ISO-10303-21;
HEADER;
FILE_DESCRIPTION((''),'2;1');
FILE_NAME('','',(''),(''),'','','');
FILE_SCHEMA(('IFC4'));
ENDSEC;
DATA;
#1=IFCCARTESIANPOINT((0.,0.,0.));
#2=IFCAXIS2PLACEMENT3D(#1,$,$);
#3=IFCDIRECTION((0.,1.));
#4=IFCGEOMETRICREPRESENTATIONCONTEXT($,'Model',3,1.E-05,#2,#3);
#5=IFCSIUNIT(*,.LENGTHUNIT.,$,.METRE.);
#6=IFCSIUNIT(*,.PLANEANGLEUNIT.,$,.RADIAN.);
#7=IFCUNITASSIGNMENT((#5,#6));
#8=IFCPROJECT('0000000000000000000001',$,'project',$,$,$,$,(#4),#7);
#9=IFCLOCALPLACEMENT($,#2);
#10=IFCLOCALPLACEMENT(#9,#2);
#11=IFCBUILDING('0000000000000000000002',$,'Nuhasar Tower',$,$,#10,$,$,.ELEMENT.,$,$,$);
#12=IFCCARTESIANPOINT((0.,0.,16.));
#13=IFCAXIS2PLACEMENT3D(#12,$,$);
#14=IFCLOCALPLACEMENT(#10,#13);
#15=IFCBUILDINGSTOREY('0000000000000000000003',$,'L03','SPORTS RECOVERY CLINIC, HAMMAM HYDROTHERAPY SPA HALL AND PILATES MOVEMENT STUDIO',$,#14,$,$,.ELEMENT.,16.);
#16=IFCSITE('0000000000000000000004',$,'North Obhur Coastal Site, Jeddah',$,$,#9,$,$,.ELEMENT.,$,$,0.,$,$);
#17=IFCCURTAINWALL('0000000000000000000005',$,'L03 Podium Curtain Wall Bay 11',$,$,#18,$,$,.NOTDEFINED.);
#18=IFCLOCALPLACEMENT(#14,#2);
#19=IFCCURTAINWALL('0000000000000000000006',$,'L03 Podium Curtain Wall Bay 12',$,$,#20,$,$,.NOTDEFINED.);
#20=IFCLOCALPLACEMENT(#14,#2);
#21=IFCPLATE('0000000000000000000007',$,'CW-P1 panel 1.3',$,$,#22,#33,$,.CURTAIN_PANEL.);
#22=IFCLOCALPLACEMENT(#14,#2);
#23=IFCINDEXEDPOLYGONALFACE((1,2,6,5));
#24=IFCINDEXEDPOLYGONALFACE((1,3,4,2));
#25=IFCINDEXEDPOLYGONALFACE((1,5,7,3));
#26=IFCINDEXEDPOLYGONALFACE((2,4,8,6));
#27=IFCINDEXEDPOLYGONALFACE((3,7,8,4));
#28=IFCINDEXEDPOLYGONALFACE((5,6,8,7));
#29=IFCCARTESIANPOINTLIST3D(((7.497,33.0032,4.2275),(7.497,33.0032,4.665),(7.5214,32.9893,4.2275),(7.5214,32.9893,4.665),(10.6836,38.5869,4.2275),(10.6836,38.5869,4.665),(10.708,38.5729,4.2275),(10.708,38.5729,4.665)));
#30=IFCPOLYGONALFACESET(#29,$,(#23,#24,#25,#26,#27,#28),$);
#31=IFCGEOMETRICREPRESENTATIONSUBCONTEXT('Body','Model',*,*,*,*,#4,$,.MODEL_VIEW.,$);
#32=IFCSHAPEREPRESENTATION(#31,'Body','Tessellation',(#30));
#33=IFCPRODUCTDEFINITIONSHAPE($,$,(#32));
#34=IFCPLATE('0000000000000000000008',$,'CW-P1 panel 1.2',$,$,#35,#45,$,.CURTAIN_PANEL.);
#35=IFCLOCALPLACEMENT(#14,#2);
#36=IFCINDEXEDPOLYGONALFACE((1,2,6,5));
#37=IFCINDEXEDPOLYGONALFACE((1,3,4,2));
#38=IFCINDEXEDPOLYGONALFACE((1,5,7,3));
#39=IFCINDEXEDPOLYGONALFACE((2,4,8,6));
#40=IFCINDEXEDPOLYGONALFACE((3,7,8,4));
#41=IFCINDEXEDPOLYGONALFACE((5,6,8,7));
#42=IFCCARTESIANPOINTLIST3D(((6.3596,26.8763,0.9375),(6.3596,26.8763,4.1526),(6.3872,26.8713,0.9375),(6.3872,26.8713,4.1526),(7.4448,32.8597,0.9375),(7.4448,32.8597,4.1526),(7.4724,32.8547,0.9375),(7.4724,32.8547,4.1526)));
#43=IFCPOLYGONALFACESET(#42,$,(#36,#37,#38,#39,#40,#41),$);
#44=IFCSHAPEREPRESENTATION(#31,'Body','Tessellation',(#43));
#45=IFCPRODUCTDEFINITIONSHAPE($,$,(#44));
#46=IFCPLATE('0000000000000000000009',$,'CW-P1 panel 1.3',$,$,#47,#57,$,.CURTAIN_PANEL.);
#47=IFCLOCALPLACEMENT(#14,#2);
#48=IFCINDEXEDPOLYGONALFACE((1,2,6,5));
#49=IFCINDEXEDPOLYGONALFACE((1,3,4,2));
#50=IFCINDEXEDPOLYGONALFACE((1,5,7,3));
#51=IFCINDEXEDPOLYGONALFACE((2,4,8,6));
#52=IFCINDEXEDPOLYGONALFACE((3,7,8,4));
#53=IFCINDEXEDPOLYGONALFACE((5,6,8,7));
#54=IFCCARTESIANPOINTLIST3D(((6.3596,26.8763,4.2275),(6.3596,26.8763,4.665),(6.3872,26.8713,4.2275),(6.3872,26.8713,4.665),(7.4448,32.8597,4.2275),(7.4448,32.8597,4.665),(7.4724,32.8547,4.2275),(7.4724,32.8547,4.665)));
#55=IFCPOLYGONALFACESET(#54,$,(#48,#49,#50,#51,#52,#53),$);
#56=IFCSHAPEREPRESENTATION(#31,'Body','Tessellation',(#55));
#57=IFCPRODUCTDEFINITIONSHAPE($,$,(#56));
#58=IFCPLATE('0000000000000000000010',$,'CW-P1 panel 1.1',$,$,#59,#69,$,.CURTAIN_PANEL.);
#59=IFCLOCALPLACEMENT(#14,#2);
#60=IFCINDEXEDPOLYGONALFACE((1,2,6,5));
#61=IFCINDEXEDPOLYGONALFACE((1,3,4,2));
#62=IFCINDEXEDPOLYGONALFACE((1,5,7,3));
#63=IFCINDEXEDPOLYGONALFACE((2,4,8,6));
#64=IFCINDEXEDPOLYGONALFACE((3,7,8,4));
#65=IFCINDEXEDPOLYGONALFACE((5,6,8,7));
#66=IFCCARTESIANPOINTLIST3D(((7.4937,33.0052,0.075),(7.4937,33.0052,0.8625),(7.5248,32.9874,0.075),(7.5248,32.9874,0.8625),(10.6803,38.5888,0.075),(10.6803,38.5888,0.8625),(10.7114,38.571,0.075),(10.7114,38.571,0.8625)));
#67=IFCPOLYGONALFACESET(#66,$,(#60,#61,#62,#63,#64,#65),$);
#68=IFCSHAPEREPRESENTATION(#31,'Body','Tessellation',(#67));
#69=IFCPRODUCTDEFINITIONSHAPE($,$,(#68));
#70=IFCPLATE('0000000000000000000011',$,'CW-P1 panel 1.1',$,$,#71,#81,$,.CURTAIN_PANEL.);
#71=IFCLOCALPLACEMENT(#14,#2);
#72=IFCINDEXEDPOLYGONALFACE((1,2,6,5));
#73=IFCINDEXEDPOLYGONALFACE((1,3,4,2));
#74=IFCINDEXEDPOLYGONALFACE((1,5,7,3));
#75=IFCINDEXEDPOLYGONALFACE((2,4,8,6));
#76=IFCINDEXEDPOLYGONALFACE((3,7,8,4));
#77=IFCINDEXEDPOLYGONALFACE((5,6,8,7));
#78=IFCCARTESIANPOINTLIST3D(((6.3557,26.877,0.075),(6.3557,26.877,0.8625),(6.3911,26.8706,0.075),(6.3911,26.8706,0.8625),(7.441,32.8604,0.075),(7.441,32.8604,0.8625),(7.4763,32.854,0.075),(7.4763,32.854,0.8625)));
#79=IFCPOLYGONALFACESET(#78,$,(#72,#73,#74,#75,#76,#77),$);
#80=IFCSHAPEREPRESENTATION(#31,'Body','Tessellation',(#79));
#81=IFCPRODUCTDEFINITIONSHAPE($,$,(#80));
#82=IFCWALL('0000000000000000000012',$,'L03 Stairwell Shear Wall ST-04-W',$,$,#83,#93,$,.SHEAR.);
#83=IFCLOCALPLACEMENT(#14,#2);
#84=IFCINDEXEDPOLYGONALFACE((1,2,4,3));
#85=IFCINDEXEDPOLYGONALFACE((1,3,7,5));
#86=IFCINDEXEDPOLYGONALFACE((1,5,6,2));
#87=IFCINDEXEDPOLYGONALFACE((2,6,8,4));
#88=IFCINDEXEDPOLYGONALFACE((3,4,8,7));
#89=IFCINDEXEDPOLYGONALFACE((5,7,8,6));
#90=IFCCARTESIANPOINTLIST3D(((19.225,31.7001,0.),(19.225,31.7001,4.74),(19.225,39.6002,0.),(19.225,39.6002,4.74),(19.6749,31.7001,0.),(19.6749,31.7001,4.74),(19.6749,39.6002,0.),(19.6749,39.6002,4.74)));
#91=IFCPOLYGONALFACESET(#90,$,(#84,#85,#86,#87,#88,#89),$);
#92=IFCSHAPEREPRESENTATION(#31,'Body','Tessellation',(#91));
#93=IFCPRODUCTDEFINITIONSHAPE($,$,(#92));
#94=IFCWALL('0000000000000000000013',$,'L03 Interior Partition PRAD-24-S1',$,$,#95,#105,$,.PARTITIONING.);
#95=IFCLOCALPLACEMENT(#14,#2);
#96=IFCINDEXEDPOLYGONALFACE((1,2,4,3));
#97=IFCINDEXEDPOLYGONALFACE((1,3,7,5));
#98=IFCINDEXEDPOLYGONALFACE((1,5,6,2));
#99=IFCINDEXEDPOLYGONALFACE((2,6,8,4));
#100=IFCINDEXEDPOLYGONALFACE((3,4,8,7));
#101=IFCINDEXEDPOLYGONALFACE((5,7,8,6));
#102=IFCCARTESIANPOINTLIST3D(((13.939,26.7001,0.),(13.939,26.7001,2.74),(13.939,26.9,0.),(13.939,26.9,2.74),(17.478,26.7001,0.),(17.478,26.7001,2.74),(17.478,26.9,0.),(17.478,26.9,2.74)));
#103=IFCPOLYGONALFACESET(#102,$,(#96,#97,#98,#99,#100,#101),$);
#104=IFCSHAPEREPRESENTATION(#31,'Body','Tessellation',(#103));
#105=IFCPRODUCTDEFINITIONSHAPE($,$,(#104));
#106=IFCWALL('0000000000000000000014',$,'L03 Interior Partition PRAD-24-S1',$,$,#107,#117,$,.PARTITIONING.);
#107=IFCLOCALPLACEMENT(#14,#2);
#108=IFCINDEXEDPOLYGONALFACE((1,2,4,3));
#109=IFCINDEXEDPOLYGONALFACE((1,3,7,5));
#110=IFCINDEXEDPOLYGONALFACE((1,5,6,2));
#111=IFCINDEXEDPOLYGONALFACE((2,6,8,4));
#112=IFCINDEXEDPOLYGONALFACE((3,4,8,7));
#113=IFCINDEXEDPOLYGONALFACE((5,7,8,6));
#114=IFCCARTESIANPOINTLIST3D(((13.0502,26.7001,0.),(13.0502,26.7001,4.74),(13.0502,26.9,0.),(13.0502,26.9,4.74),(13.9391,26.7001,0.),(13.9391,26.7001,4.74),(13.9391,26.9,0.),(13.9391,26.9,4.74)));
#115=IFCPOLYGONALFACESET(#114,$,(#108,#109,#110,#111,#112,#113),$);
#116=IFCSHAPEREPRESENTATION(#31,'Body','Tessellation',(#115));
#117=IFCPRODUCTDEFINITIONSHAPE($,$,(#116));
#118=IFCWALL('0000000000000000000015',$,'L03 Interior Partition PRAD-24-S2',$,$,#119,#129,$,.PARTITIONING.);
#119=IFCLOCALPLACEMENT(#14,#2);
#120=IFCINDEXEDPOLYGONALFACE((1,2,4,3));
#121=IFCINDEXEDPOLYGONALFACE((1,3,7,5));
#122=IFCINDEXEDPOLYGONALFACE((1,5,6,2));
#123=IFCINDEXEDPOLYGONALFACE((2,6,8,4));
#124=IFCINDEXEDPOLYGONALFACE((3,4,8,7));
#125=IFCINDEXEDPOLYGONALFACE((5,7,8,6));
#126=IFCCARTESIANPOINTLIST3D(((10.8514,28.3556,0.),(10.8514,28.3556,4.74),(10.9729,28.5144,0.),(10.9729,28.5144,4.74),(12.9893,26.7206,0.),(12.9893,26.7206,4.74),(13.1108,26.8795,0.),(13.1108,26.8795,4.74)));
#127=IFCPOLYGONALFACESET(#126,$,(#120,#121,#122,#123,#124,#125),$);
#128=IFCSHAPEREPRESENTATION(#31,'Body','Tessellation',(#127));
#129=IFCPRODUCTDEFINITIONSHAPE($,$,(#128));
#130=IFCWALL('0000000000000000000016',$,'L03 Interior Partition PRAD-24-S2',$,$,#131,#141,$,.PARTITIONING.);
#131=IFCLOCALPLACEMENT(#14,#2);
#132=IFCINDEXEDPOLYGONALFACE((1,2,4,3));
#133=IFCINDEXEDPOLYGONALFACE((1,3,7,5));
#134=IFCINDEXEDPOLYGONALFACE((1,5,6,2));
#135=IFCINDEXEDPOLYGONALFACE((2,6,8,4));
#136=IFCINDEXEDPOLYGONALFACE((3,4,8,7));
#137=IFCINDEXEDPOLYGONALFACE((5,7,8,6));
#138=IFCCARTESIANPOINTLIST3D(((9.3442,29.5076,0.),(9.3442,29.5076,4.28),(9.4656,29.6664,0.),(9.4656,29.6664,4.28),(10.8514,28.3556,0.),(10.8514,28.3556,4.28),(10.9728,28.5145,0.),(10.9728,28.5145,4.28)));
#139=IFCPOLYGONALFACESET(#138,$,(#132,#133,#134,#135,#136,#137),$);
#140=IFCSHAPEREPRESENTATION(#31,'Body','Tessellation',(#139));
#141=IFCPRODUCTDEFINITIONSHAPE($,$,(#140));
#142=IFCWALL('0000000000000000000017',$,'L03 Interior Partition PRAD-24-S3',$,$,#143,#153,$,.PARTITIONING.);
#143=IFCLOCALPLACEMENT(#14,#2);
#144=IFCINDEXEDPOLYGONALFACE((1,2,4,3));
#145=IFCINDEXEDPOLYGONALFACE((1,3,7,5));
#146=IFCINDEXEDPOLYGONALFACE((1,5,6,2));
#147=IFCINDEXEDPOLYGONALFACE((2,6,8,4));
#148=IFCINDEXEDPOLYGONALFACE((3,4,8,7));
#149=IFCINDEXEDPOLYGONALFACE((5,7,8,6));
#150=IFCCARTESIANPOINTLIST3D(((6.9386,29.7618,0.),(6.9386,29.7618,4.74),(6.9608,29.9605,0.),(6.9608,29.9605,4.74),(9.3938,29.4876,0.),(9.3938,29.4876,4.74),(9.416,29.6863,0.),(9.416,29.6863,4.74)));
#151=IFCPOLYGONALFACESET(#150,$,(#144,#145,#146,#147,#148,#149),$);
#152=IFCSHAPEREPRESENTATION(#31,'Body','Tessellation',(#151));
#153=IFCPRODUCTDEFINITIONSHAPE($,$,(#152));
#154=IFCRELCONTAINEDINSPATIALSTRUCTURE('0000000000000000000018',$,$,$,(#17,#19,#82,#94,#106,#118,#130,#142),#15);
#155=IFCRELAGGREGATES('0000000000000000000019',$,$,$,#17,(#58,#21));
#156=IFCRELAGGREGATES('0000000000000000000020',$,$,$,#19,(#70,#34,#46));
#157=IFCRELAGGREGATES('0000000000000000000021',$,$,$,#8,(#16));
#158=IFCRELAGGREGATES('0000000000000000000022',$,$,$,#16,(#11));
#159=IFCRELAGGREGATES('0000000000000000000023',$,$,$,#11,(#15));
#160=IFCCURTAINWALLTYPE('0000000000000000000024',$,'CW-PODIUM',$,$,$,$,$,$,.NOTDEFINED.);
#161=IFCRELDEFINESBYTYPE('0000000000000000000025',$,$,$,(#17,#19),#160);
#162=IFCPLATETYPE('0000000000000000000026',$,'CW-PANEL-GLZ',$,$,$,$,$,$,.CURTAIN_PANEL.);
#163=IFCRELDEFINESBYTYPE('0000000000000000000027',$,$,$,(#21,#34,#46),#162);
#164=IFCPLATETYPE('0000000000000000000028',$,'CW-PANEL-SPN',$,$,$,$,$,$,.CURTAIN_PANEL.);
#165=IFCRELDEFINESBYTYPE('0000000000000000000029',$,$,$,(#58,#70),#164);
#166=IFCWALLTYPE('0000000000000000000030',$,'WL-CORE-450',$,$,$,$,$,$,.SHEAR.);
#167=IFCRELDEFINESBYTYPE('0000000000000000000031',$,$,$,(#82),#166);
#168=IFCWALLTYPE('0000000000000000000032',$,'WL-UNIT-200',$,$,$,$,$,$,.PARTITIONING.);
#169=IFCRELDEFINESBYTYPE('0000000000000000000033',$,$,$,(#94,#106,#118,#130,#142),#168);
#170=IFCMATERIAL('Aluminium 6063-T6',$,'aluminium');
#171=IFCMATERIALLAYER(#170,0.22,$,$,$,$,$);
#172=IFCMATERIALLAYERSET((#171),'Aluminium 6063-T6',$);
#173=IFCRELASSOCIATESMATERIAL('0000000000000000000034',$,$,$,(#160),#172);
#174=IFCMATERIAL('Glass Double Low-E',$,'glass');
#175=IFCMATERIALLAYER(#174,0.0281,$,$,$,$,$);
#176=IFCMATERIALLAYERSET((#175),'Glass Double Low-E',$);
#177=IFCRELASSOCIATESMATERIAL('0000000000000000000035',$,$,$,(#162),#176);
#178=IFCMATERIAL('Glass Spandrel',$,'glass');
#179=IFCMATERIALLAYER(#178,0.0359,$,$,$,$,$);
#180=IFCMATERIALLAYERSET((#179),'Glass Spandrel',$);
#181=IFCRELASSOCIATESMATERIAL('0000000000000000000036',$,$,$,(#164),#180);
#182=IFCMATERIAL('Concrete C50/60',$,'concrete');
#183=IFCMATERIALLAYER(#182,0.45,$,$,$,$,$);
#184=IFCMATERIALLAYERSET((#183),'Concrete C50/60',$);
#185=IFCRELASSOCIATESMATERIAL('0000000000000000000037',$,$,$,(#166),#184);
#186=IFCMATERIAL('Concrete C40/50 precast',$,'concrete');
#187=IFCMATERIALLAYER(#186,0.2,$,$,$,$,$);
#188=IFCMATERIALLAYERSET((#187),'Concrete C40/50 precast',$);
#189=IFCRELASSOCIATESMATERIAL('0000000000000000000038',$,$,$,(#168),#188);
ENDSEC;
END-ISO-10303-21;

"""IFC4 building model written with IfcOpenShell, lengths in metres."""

from ifc_helpers import new_model, si_unit, direction, frame, frame_2d, origin, origin_2d, place, context, subcontext, project, spatial, rectangle, extrude, material, layer, layer_set, type_object, element, aggregate, save


model = new_model("IFC4")

# Units and contexts
model_context = context("Model", 3, precision=1e-05, world=origin(), true_north=direction((0.0, 1.0)))
body_context = subcontext(model_context, "Body", "Model", "MODEL_VIEW")
ifc_project = project(units=[si_unit("LENGTHUNIT", "METRE"), si_unit("PLANEANGLEUNIT", "RADIAN")], contexts=[model_context])

# Site, building, storey
site_placement = place(None, origin())
site = spatial("IfcSite", under=ifc_project, at=site_placement, Name="North Obhur Coastal Site, Jeddah", CompositionType="ELEMENT", RefElevation=0.0)
building_placement = place(site_placement, origin())
building = spatial("IfcBuilding", under=site, at=building_placement, Name="Nuhasar Tower", CompositionType="ELEMENT")
storey_placement = place(building_placement, frame((0.0, 0.0, 16.0)))
storey = spatial("IfcBuildingStorey", under=building, at=storey_placement, Name="L03", Description="SPORTS RECOVERY CLINIC, HAMMAM HYDROTHERAPY SPA HALL AND PILATES MOVEMENT STUDIO", CompositionType="ELEMENT", Elevation=16.0)

# Shared definitions
ifc_material_1 = material(Name="Concrete C50/60", Category="concrete")

# Curtain wall
ifc_material_2 = material(Name="Aluminium 6063-T6", Category="aluminium")
ifc_layer_1 = layer(ifc_material_2, 0.22)
ifc_layer_set_1 = layer_set([ifc_layer_1], Name="Aluminium 6063-T6")
curtain_wall_type = type_object("IfcCurtainWallType", Name="CW-PODIUM", PredefinedType="NOTDEFINED", material=ifc_layer_set_1)
curtain_wall_1_placement = place(storey_placement, origin())
curtain_wall_1 = element("IfcCurtainWall", 1, at=curtain_wall_1_placement, inside=storey, type_object=curtain_wall_type, Name="L03 Podium Curtain Wall Bay 11", PredefinedType="NOTDEFINED")

# Curtain wall
curtain_wall_2_placement = place(storey_placement, origin())
curtain_wall_2 = element("IfcCurtainWall", 2, at=curtain_wall_2_placement, inside=storey, type_object=curtain_wall_type, Name="L03 Podium Curtain Wall Bay 12", PredefinedType="NOTDEFINED")

# Plates
ifc_material_3 = material(Name="Glass Double Low-E", Category="glass")
ifc_layer_2 = layer(ifc_material_3, 0.0281)
ifc_layer_set_2 = layer_set([ifc_layer_2], Name="Glass Double Low-E")
plate_type_1 = type_object("IfcPlateType", Name="CW-PANEL-GLZ", PredefinedType="CURTAIN_PANEL", material=ifc_layer_set_2)
plate_1_placement = place(storey_placement, frame((9.1025, 35.7881, 4.2275), z_axis=(0.0, 0.0, 1.0), x_axis=(-0.495664, -0.868514, 0.0)))
plate_1 = element("IfcPlate", 3, at=plate_1_placement, type_object=plate_type_1, Name="CW-P1 panel 1.3", PredefinedType="CURTAIN_PANEL", context=body_context, shape_type="SweptSolid", body=[
    extrude(rectangle(XDim=6.429, YDim=0.0281, at=origin_2d()), origin(), (0.0, 0.0, 1.0), 0.4375),
])
plate_2_placement = place(storey_placement, frame((6.916, 29.8655, 0.9375), z_axis=(0.0, 0.0, 1.0), x_axis=(-0.178462, -0.983947, 0.0)))
plate_2 = element("IfcPlate", 4, at=plate_2_placement, type_object=plate_type_1, Name="CW-P1 panel 1.2", PredefinedType="CURTAIN_PANEL", context=body_context, shape_type="SweptSolid", body=[
    extrude(rectangle(XDim=6.0811, YDim=0.0281, at=origin_2d()), origin(), (0.0, 0.0, 1.0), 3.2151),
])
plate_3_placement = place(storey_placement, frame((6.916, 29.8655, 4.2275), z_axis=(0.0, 0.0, 1.0), x_axis=(-0.178462, -0.983947, 0.0)))
plate_3 = element("IfcPlate", 5, at=plate_3_placement, type_object=plate_type_1, Name="CW-P1 panel 1.3", PredefinedType="CURTAIN_PANEL", context=body_context, shape_type="SweptSolid", body=[
    extrude(rectangle(XDim=6.0811, YDim=0.0281, at=origin_2d()), origin(), (0.0, 0.0, 1.0), 0.4375),
])
ifc_material_4 = material(Name="Glass Spandrel", Category="glass")
ifc_layer_3 = layer(ifc_material_4, 0.0359)
ifc_layer_set_3 = layer_set([ifc_layer_3], Name="Glass Spandrel")
plate_type_2 = type_object("IfcPlateType", Name="CW-PANEL-SPN", PredefinedType="CURTAIN_PANEL", material=ifc_layer_set_3)
plate_4_placement = place(storey_placement, frame((9.1025, 35.7881, 0.075), z_axis=(0.0, 0.0, 1.0), x_axis=(-0.495664, -0.868514, 0.0)))
plate_4 = element("IfcPlate", 6, at=plate_4_placement, type_object=plate_type_2, Name="CW-P1 panel 1.1", PredefinedType="CURTAIN_PANEL", context=body_context, shape_type="SweptSolid", body=[
    extrude(rectangle(XDim=6.429, YDim=0.0359, at=origin_2d()), origin(), (0.0, 0.0, 1.0), 0.7876),
])
aggregate(curtain_wall_1, [plate_4, plate_1])
plate_5_placement = place(storey_placement, frame((6.916, 29.8655, 0.075), z_axis=(0.0, 0.0, 1.0), x_axis=(-0.178462, -0.983947, 0.0)))
plate_5 = element("IfcPlate", 7, at=plate_5_placement, type_object=plate_type_2, Name="CW-P1 panel 1.1", PredefinedType="CURTAIN_PANEL", context=body_context, shape_type="SweptSolid", body=[
    extrude(rectangle(XDim=6.0811, YDim=0.0359, at=origin_2d()), origin(), (0.0, 0.0, 1.0), 0.7876),
])
aggregate(curtain_wall_2, [plate_5, plate_2, plate_3])

# Shared definitions
ifc_layer_4 = layer(ifc_material_1, 0.45)
ifc_layer_set_4 = layer_set([ifc_layer_4], Name="Concrete C50/60")
wall_type_1 = type_object("IfcWallType", Name="WL-CORE-450", PredefinedType="SHEAR", material=ifc_layer_set_4)

# Walls
wall_1_placement = place(storey_placement, frame((19.45, 31.7, 0.0), z_axis=(0.0, 0.0, 1.0), x_axis=(0.0, 1.0, 0.0)))
element("IfcWall", 8, at=wall_1_placement, inside=storey, type_object=wall_type_1, Name="L03 Stairwell Shear Wall ST-04-W", PredefinedType="SHEAR", context=body_context, shape_type="SweptSolid", body=[
    extrude(rectangle(XDim=7.9001, YDim=0.45, at=frame_2d((3.9502, 0.0))), origin(), (0.0, 0.0, 1.0), 4.74),
])
ifc_material_5 = material(Name="Concrete C40/50 precast", Category="concrete")
ifc_layer_5 = layer(ifc_material_5, 0.2)
ifc_layer_set_5 = layer_set([ifc_layer_5], Name="Concrete C40/50 precast")
wall_type_2 = type_object("IfcWallType", Name="WL-UNIT-200", PredefinedType="PARTITIONING", material=ifc_layer_set_5)
wall_2_placement = place(storey_placement, frame((17.478, 26.8, 0.0), z_axis=(0.0, 0.0, 1.0), x_axis=(-1.0, 0.0, 0.0)))
element("IfcWall", 9, at=wall_2_placement, inside=storey, type_object=wall_type_2, Name="L03 Interior Partition PRAD-24-S1", PredefinedType="PARTITIONING", context=body_context, shape_type="SweptSolid", body=[
    extrude(rectangle(XDim=3.5391, YDim=0.2, at=frame_2d((1.7695, 0.0))), origin(), (0.0, 0.0, 1.0), 2.74),
])
wall_3_placement = place(storey_placement, frame((13.939, 26.8, 0.0), z_axis=(0.0, 0.0, 1.0), x_axis=(-1.0, 0.0, 0.0)))
element("IfcWall", 10, at=wall_3_placement, inside=storey, type_object=wall_type_2, Name="L03 Interior Partition PRAD-24-S1", PredefinedType="PARTITIONING", context=body_context, shape_type="SweptSolid", body=[
    extrude(rectangle(XDim=0.8889, YDim=0.2, at=frame_2d((0.4443, 0.0))), origin(), (0.0, 0.0, 1.0), 4.74),
])
wall_4_placement = place(storey_placement, frame((13.05, 26.8, 0.0), z_axis=(0.0, 0.0, 1.0), x_axis=(-0.794337, 0.607477, 0.0)))
element("IfcWall", 11, at=wall_4_placement, inside=storey, type_object=wall_type_2, Name="L03 Interior Partition PRAD-24-S2", PredefinedType="PARTITIONING", context=body_context, shape_type="SweptSolid", body=[
    extrude(rectangle(XDim=2.6914, YDim=0.2, at=frame_2d((1.3457, 0.0))), origin(), (0.0, 0.0, 1.0), 4.74),
])
wall_5_placement = place(storey_placement, frame((10.9121, 28.4351, 0.0), z_axis=(0.0, 0.0, 1.0), x_axis=(-0.794515, 0.607245, 0.0)))
element("IfcWall", 12, at=wall_5_placement, inside=storey, type_object=wall_type_2, Name="L03 Interior Partition PRAD-24-S2", PredefinedType="PARTITIONING", context=body_context, shape_type="SweptSolid", body=[
    extrude(rectangle(XDim=1.897, YDim=0.2, at=frame_2d((0.9485, 0.0))), origin(), (0.0, 0.0, 1.0), 4.28),
])
wall_6_placement = place(storey_placement, frame((9.405, 29.5869, 0.0), z_axis=(0.0, 0.0, 1.0), x_axis=(-0.993822, 0.110985, 0.0)))
element("IfcWall", 13, at=wall_6_placement, inside=storey, type_object=wall_type_2, Name="L03 Interior Partition PRAD-24-S3", PredefinedType="PARTITIONING", context=body_context, shape_type="SweptSolid", body=[
    extrude(rectangle(XDim=2.4705, YDim=0.2, at=frame_2d((1.2354, 0.0))), origin(), (0.0, 0.0, 1.0), 4.74),
])

save(model, "model.ifc")
